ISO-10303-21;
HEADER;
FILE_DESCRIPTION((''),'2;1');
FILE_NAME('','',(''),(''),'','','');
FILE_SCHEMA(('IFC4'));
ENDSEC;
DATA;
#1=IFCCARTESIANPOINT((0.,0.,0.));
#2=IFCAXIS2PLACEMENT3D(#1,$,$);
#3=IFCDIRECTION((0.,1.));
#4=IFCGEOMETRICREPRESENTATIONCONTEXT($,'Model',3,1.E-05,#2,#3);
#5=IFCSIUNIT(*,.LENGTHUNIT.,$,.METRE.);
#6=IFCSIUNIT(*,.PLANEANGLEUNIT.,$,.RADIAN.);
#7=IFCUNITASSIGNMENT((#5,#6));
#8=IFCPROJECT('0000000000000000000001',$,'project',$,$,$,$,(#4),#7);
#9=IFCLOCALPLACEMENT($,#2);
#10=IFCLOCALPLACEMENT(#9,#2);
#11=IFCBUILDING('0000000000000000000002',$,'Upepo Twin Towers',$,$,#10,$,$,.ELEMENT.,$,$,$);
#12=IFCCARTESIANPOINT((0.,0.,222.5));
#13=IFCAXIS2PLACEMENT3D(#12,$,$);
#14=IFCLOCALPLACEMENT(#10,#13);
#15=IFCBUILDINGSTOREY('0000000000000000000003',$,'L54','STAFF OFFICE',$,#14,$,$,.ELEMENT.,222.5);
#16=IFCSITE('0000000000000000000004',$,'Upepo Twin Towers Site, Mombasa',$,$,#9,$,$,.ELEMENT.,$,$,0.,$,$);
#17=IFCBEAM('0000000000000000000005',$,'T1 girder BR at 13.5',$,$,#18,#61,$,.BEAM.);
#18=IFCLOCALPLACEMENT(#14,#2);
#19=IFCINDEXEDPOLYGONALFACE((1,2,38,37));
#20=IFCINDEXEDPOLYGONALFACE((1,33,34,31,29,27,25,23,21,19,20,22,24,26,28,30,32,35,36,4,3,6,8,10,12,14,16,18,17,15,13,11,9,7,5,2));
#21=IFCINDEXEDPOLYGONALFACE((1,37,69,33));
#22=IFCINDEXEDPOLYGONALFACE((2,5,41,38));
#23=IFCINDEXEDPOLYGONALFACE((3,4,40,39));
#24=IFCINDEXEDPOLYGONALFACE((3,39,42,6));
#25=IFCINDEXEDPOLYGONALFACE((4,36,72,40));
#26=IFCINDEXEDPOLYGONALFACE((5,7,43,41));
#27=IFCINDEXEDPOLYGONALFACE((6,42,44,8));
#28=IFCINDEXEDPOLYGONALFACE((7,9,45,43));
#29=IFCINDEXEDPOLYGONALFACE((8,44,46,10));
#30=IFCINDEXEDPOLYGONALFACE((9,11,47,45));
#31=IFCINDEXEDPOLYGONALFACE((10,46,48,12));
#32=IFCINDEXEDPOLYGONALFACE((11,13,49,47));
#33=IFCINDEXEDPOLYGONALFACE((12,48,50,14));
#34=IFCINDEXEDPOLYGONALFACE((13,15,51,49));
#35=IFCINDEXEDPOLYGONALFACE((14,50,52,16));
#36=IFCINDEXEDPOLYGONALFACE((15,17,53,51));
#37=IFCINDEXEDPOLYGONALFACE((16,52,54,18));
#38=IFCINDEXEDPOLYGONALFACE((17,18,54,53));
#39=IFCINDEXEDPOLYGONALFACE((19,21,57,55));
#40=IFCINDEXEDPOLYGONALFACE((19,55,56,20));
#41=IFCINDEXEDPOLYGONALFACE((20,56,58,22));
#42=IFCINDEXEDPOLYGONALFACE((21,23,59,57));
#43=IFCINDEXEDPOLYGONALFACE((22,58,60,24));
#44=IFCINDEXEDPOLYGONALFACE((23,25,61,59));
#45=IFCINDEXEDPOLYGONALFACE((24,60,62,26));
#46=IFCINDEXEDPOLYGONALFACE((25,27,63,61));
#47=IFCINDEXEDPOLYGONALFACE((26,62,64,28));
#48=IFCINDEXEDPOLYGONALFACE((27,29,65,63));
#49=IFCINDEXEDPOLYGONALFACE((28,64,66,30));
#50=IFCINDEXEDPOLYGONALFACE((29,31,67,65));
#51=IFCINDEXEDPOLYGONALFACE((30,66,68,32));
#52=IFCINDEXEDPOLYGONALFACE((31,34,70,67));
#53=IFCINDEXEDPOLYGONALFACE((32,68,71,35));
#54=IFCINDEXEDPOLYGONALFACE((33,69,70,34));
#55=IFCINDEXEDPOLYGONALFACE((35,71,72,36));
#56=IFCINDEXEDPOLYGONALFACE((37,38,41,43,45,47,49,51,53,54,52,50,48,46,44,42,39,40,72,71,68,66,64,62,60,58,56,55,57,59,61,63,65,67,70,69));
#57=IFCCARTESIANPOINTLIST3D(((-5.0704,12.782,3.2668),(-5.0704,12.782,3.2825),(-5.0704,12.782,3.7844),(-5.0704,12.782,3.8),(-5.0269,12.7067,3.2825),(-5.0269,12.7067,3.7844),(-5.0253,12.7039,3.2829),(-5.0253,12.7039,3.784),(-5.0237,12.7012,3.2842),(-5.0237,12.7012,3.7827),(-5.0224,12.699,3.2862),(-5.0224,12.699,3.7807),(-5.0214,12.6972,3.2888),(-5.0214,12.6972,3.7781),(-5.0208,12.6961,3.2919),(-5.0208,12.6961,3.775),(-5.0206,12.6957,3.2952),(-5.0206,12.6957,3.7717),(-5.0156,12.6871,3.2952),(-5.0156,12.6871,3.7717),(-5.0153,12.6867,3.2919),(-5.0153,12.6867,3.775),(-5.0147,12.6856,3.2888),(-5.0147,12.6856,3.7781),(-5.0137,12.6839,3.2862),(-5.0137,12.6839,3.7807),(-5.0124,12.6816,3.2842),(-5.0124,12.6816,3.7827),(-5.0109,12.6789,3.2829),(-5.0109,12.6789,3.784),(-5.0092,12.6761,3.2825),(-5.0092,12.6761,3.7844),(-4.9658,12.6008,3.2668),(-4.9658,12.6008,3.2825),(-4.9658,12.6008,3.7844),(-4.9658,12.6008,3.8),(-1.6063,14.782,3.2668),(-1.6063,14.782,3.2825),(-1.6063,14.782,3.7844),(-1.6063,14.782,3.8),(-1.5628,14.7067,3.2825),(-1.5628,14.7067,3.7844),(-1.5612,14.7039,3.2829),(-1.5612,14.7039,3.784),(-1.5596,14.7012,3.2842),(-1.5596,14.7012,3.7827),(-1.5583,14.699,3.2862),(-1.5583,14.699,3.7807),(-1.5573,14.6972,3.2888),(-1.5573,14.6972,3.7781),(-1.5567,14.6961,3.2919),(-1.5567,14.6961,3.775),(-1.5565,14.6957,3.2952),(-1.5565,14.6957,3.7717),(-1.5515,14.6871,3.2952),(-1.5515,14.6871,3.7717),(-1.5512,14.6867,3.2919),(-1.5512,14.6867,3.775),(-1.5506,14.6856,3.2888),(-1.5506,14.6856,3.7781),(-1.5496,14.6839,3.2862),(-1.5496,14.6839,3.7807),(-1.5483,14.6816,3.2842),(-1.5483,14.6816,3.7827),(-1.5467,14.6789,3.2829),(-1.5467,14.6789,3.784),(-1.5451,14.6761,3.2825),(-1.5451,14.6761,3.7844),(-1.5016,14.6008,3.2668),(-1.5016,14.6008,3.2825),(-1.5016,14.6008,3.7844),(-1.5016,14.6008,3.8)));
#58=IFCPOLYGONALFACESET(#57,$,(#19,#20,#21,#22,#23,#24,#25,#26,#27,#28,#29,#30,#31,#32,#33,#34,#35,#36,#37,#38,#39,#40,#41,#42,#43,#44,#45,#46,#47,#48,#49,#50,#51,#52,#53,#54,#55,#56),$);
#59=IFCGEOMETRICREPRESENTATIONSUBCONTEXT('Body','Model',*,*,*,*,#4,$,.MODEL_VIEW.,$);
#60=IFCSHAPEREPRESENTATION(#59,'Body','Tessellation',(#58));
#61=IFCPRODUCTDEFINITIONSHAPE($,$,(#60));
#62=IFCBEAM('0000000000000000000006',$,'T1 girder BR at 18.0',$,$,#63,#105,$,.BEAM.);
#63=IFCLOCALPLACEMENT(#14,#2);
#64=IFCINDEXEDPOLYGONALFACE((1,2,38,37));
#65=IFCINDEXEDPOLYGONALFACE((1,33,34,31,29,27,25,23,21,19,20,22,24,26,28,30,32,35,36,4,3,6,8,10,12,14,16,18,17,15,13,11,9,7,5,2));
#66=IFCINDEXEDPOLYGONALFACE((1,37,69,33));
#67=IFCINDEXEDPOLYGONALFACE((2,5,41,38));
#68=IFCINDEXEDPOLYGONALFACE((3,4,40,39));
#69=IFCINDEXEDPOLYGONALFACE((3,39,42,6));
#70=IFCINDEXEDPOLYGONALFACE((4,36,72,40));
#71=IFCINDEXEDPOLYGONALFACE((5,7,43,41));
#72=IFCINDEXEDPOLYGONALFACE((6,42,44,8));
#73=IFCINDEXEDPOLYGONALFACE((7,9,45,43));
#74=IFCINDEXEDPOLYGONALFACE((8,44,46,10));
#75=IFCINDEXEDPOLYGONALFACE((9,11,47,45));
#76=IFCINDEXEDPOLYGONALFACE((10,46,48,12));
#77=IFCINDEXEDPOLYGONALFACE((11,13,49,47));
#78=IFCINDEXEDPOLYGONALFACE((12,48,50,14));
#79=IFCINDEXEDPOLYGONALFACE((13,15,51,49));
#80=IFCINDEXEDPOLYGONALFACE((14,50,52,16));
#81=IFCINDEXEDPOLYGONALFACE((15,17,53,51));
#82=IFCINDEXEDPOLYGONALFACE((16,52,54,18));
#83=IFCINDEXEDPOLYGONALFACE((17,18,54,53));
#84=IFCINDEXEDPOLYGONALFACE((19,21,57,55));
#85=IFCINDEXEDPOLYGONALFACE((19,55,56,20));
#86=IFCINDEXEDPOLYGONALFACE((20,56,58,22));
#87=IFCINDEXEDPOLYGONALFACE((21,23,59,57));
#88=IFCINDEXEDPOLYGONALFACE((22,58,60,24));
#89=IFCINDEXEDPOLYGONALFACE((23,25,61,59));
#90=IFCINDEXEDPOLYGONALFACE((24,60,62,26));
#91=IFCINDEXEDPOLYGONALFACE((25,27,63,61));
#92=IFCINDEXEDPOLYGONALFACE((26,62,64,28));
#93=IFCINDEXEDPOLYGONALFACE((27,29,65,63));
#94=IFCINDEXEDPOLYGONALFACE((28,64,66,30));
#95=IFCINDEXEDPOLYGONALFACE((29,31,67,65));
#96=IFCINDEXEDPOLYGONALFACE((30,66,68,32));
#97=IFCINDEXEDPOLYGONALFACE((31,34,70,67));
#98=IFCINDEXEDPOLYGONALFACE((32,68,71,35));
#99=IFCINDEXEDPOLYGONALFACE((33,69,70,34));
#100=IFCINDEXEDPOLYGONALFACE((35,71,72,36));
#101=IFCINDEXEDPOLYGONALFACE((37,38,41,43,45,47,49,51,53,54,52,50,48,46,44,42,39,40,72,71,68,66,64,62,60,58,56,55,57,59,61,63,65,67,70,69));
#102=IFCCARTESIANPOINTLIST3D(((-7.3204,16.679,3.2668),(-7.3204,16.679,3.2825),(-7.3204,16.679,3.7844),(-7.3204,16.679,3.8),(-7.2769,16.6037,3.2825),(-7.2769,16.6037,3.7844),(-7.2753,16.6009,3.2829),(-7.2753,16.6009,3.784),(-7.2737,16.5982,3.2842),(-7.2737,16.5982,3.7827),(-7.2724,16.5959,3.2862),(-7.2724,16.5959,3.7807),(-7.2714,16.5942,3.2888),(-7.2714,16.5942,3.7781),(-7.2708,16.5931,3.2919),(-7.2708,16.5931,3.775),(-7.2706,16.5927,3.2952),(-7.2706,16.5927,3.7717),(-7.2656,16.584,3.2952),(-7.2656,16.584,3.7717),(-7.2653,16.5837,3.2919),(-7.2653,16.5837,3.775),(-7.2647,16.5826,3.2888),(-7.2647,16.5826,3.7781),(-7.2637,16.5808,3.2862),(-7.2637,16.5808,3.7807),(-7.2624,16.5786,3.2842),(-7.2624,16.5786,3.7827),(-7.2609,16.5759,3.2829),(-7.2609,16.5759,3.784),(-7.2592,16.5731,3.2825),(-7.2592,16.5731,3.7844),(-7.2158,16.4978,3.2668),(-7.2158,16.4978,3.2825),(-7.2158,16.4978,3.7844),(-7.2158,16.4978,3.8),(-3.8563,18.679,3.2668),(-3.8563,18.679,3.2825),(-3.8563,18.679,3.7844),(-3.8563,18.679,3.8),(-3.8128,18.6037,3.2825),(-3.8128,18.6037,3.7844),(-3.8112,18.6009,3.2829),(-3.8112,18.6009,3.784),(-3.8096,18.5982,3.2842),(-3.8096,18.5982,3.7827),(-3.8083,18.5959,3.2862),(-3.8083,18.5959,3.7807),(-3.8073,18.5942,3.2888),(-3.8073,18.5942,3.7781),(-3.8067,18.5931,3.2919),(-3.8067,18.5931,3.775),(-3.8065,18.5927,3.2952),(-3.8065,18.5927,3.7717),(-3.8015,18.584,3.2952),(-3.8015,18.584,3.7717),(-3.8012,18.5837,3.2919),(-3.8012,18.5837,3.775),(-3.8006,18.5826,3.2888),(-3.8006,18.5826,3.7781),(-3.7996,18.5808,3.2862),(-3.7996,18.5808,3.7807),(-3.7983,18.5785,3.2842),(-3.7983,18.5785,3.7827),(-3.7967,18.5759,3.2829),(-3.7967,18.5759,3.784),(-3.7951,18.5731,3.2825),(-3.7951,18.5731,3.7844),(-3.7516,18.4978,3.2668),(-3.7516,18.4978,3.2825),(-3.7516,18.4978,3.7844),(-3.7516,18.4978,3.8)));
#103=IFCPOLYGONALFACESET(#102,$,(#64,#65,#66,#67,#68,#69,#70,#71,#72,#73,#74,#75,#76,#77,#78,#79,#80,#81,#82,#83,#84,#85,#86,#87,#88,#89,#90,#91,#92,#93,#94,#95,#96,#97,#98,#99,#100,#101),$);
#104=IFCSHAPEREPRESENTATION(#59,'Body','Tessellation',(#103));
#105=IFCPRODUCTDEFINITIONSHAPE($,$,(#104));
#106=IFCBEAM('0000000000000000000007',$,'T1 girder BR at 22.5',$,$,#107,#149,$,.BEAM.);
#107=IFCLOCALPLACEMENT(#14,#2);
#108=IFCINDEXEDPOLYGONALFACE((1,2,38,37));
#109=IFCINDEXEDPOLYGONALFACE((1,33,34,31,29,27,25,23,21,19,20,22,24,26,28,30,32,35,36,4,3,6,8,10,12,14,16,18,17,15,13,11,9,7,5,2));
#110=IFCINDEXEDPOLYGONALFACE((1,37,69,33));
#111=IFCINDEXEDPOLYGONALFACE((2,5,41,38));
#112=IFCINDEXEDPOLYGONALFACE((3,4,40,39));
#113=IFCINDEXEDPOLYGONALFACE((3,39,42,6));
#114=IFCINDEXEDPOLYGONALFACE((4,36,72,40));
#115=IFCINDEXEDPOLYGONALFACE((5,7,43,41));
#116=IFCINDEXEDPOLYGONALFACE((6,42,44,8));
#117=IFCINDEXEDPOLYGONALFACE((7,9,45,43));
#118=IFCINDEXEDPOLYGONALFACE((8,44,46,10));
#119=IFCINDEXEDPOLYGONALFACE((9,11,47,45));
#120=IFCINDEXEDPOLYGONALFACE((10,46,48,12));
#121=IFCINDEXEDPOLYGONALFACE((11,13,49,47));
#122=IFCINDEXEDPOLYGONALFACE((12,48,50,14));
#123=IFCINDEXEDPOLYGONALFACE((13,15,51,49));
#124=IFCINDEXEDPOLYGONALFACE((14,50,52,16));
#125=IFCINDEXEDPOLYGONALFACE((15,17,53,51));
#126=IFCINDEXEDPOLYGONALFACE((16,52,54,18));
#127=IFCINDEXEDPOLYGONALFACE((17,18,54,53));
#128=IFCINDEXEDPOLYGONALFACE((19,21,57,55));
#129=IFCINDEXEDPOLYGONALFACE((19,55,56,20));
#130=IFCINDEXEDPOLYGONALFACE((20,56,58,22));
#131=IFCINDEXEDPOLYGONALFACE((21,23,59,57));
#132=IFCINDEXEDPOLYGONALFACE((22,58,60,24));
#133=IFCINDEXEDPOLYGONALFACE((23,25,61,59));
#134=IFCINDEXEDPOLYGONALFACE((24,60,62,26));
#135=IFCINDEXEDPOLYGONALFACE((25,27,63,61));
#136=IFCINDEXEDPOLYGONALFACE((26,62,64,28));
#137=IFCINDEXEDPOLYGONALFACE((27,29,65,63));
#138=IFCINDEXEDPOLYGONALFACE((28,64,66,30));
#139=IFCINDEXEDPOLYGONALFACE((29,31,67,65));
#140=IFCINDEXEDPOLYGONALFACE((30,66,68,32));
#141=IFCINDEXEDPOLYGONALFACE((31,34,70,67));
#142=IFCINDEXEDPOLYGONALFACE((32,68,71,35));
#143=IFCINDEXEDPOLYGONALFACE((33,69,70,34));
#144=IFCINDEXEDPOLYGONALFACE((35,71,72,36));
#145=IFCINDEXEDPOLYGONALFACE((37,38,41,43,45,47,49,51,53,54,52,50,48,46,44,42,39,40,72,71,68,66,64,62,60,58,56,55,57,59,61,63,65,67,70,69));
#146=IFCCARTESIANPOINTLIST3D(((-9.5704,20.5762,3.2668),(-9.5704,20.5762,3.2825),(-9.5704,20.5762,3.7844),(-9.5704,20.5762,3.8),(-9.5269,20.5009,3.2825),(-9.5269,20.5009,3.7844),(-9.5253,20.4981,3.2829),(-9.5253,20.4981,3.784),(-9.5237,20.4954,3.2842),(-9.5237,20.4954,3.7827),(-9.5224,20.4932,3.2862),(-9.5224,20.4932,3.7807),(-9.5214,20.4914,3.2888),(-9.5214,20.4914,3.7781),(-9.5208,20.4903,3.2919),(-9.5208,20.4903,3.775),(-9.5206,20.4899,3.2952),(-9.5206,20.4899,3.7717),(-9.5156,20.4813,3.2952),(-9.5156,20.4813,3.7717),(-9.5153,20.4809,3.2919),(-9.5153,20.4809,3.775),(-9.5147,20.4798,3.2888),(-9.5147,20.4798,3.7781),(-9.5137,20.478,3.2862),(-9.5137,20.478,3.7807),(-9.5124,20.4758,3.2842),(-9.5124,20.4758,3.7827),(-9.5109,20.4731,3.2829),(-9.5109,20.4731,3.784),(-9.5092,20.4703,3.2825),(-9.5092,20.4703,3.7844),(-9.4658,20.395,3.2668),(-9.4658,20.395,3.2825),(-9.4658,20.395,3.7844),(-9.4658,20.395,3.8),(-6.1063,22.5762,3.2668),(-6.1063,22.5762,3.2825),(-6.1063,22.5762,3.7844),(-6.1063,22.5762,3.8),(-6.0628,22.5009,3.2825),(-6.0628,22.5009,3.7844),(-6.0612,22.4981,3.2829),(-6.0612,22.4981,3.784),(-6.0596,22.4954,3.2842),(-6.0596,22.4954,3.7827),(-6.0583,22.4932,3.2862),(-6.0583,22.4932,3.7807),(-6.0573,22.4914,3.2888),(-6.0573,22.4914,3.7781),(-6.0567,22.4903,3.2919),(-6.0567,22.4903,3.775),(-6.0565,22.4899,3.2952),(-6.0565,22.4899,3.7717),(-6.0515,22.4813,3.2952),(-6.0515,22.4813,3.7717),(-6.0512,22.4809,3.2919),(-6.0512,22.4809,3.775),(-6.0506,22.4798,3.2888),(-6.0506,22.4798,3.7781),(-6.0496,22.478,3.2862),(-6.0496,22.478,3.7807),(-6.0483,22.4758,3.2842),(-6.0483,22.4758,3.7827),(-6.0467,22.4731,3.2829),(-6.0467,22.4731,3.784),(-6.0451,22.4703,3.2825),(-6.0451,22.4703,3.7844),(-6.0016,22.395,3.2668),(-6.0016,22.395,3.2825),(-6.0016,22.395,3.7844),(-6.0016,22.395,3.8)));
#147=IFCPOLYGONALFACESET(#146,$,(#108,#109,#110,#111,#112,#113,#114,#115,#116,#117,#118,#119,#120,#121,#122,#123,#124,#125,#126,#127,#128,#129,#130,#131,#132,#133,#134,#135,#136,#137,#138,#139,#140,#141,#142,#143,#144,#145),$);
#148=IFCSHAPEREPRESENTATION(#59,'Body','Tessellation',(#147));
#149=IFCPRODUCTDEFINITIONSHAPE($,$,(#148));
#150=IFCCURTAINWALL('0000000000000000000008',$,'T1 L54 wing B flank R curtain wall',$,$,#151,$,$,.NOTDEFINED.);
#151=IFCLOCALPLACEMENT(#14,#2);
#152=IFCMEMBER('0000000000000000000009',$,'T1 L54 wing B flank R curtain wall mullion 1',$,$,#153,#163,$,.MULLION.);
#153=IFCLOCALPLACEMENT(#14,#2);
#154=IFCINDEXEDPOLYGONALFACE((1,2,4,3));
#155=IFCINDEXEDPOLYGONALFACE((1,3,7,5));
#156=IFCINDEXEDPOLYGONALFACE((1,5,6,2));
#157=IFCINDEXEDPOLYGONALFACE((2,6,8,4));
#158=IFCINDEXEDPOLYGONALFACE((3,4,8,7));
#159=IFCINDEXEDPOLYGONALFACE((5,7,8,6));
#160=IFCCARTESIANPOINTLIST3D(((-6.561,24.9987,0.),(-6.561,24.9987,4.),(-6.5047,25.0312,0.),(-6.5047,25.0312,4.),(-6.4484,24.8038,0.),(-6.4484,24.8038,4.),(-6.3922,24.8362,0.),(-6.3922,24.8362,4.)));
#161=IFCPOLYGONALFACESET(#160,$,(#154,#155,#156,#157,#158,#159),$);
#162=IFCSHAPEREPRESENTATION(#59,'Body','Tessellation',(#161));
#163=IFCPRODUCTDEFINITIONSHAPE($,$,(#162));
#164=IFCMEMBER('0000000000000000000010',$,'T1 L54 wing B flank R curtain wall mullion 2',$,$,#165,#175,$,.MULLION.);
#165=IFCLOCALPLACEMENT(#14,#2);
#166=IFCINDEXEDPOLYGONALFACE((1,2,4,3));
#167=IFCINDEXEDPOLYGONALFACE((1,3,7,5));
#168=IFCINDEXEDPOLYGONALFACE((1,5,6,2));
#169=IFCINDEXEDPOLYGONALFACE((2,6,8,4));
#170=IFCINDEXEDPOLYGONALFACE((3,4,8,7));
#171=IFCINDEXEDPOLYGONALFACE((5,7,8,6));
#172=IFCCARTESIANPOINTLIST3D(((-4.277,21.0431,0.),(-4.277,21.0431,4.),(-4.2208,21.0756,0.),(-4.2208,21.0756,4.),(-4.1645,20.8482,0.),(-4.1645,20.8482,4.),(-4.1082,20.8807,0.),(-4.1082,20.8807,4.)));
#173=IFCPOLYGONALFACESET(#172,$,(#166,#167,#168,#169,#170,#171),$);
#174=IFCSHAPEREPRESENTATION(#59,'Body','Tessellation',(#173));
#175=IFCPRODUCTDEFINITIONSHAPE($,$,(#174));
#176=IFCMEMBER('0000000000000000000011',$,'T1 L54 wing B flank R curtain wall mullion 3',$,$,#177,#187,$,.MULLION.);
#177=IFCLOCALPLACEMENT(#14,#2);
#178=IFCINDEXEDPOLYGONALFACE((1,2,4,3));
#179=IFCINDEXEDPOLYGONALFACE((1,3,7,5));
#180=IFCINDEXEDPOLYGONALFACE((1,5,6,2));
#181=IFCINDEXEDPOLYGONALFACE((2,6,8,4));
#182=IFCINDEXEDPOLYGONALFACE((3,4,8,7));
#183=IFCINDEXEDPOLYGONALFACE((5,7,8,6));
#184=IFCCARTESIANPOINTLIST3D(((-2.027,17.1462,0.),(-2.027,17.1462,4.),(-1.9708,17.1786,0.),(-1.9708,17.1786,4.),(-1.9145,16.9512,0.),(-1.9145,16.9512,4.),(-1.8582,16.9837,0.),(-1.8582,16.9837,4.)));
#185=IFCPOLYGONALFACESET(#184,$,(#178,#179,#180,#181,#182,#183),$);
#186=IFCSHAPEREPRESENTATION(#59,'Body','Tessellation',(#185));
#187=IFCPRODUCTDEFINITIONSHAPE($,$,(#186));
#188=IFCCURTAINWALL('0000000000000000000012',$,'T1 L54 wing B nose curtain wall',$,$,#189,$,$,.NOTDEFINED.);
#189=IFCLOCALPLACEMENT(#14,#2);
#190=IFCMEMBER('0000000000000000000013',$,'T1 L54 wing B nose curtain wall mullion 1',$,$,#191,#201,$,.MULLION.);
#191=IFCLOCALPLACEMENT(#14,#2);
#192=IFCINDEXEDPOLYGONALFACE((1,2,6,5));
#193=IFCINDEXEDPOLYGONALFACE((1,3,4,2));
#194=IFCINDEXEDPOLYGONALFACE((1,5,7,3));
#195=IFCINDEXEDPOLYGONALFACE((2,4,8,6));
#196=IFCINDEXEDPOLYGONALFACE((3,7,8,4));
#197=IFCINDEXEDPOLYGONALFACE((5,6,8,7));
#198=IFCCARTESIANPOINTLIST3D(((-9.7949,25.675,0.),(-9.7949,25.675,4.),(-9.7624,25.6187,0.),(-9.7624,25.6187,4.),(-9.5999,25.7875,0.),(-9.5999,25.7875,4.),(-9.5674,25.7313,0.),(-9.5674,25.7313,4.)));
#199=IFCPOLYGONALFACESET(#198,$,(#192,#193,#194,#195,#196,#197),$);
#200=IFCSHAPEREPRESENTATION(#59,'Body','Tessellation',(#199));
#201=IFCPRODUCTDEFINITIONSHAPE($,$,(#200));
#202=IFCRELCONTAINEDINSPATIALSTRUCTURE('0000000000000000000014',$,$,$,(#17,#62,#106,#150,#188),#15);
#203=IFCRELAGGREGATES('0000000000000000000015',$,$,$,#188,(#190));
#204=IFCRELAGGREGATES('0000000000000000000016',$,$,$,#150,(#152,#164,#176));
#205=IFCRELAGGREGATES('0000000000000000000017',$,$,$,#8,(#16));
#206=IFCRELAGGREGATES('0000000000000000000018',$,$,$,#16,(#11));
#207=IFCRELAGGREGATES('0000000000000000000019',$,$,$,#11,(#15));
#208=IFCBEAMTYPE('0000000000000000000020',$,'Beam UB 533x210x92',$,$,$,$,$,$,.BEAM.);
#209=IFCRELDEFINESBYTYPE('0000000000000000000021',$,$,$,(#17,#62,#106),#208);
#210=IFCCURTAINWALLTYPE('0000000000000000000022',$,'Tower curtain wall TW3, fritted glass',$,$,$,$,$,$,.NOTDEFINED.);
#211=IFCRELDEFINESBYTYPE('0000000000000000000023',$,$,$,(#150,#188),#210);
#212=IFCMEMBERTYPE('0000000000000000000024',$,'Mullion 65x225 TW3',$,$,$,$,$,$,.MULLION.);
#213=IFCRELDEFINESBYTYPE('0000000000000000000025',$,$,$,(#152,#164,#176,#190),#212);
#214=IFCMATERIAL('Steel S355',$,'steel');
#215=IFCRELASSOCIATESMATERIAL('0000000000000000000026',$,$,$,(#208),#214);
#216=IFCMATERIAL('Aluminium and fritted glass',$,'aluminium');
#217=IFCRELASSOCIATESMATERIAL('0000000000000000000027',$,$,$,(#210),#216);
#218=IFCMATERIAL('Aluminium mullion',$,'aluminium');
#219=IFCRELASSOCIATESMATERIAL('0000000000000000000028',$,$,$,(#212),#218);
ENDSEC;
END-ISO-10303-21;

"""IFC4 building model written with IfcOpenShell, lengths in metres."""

from ifc_helpers import new_model, si_unit, direction, frame, origin, origin_2d, place, context, subcontext, project, spatial, rectangle, i_section, extrude, material, material_profile, profile_set, type_object, element, aggregate, save


model = new_model("IFC4")

# Units and contexts
model_context = context("Model", 3, precision=1e-05, world=origin(), true_north=direction((0.0, 1.0)))
body_context = subcontext(model_context, "Body", "Model", "MODEL_VIEW")
ifc_project = project(units=[si_unit("LENGTHUNIT", "METRE"), si_unit("PLANEANGLEUNIT", "RADIAN")], contexts=[model_context])

# Site, building, storey
site_placement = place(None, origin())
site = spatial("IfcSite", under=ifc_project, at=site_placement, Name="Upepo Twin Towers Site, Mombasa", CompositionType="ELEMENT", RefElevation=0.0)
building_placement = place(site_placement, origin())
building = spatial("IfcBuilding", under=site, at=building_placement, Name="Upepo Twin Towers", CompositionType="ELEMENT")
storey_placement = place(building_placement, frame((0.0, 0.0, 222.5)))
storey = spatial("IfcBuildingStorey", under=building, at=storey_placement, Name="L54", Description="STAFF OFFICE", CompositionType="ELEMENT", Elevation=222.5)

# Beams
ifc_material_1 = material(Name="Steel S355", Category="steel")
ifc_material_profile_1 = material_profile(ifc_material_1, i_section(OverallWidth=0.2092, OverallDepth=0.5332, WebThickness=0.01, FlangeThickness=0.0156, FilletRadius=0.0127, at=origin_2d()), Name="UB 533x210x92")
ifc_profile_set_1 = profile_set([ifc_material_profile_1], Name="Steel S355")
beam_type_1 = type_object("IfcBeamType", Name="Beam UB 533x210x92", PredefinedType="BEAM", material=ifc_profile_set_1)
for number, where, z_axis, x_axis, name in (
    (1, (-1.554, 14.6914, 3.5334), (-0.866026, -0.499999, 0.0), (0.499999, -0.866026, 0.0), "T1 girder BR at 13.5"),
    (2, (-3.804, 18.5884, 3.5334), (-0.866026, -0.499999, 0.0), (0.499999, -0.866026, 0.0), "T1 girder BR at 18.0"),
    (3, (-6.054, 22.4856, 3.5334), (-0.866026, -0.499999, 0.0), (0.499999, -0.866026, 0.0), "T1 girder BR at 22.5"),
):
    element("IfcBeam", number, at=place(storey_placement, frame(where, z_axis=z_axis, x_axis=x_axis)), inside=storey, type_object=beam_type_1, Name=name, PredefinedType="BEAM", context=body_context, shape_type="SweptSolid", body=[
        extrude(i_section(OverallWidth=0.2092, OverallDepth=0.5332, WebThickness=0.01, FlangeThickness=0.0156, FilletRadius=0.0127, at=origin_2d()), origin(), (0.0, 0.0, 1.0), 4.0),
    ])

# Curtain wall, members
ifc_material_2 = material(Name="Aluminium and fritted glass", Category="aluminium")
curtain_wall_type = type_object("IfcCurtainWallType", Name="Tower curtain wall TW3, fritted glass", PredefinedType="NOTDEFINED", material=ifc_material_2)
curtain_wall_1_placement = place(storey_placement, origin())
curtain_wall_1 = element("IfcCurtainWall", 4, at=curtain_wall_1_placement, inside=storey, type_object=curtain_wall_type, Name="T1 L54 wing B flank R curtain wall", PredefinedType="NOTDEFINED")
ifc_material_3 = material(Name="Aluminium mullion", Category="aluminium")
ifc_material_profile_2 = material_profile(ifc_material_3, rectangle(XDim=0.0649, YDim=0.2251, at=origin_2d()), Name="MULLION 65x225")
ifc_profile_set_2 = profile_set([ifc_material_profile_2], Name="Aluminium mullion")
member_type_1 = type_object("IfcMemberType", Name="Mullion 65x225 TW3", PredefinedType="MULLION", material=ifc_profile_set_2)
member_1_placement = place(storey_placement, frame((-6.4766, 24.9175, 0.0), z_axis=(0.0, 0.0, 1.0), x_axis=(0.866025, 0.5, 0.0)))
member_1 = element("IfcMember", 5, at=member_1_placement, type_object=member_type_1, Name="T1 L54 wing B flank R curtain wall mullion 1", PredefinedType="MULLION", context=body_context, shape_type="SweptSolid", body=[
    extrude(rectangle(XDim=0.0649, YDim=0.2251, at=origin_2d()), origin(), (0.0, 0.0, 1.0), 4.0),
])
member_2_placement = place(storey_placement, frame((-4.1926, 20.9619, 0.0), z_axis=(0.0, 0.0, 1.0), x_axis=(0.866025, 0.5, 0.0)))
member_2 = element("IfcMember", 6, at=member_2_placement, type_object=member_type_1, Name="T1 L54 wing B flank R curtain wall mullion 2", PredefinedType="MULLION", context=body_context, shape_type="SweptSolid", body=[
    extrude(rectangle(XDim=0.0649, YDim=0.2251, at=origin_2d()), origin(), (0.0, 0.0, 1.0), 4.0),
])
member_3_placement = place(storey_placement, frame((-1.9426, 17.0649, 0.0), z_axis=(0.0, 0.0, 1.0), x_axis=(0.866025, 0.5, 0.0)))
member_3 = element("IfcMember", 7, at=member_3_placement, type_object=member_type_1, Name="T1 L54 wing B flank R curtain wall mullion 3", PredefinedType="MULLION", context=body_context, shape_type="SweptSolid", body=[
    extrude(rectangle(XDim=0.0649, YDim=0.2251, at=origin_2d()), origin(), (0.0, 0.0, 1.0), 4.0),
])

# Curtain wall, member
curtain_wall_2_placement = place(storey_placement, origin())
curtain_wall_2 = element("IfcCurtainWall", 8, at=curtain_wall_2_placement, inside=storey, type_object=curtain_wall_type, Name="T1 L54 wing B nose curtain wall", PredefinedType="NOTDEFINED")
member_4_placement = place(storey_placement, frame((-9.6812, 25.7031, 0.0), z_axis=(0.0, 0.0, 1.0), x_axis=(0.5, -0.866025, 0.0)))
member_4 = element("IfcMember", 9, at=member_4_placement, type_object=member_type_1, Name="T1 L54 wing B nose curtain wall mullion 1", PredefinedType="MULLION", context=body_context, shape_type="SweptSolid", body=[
    extrude(rectangle(XDim=0.0649, YDim=0.2251, at=origin_2d()), origin(), (0.0, 0.0, 1.0), 4.0),
])
aggregate(curtain_wall_2, [member_4])

aggregate(curtain_wall_1, [member_1, member_2, member_3])

save(model, "model.ifc")
